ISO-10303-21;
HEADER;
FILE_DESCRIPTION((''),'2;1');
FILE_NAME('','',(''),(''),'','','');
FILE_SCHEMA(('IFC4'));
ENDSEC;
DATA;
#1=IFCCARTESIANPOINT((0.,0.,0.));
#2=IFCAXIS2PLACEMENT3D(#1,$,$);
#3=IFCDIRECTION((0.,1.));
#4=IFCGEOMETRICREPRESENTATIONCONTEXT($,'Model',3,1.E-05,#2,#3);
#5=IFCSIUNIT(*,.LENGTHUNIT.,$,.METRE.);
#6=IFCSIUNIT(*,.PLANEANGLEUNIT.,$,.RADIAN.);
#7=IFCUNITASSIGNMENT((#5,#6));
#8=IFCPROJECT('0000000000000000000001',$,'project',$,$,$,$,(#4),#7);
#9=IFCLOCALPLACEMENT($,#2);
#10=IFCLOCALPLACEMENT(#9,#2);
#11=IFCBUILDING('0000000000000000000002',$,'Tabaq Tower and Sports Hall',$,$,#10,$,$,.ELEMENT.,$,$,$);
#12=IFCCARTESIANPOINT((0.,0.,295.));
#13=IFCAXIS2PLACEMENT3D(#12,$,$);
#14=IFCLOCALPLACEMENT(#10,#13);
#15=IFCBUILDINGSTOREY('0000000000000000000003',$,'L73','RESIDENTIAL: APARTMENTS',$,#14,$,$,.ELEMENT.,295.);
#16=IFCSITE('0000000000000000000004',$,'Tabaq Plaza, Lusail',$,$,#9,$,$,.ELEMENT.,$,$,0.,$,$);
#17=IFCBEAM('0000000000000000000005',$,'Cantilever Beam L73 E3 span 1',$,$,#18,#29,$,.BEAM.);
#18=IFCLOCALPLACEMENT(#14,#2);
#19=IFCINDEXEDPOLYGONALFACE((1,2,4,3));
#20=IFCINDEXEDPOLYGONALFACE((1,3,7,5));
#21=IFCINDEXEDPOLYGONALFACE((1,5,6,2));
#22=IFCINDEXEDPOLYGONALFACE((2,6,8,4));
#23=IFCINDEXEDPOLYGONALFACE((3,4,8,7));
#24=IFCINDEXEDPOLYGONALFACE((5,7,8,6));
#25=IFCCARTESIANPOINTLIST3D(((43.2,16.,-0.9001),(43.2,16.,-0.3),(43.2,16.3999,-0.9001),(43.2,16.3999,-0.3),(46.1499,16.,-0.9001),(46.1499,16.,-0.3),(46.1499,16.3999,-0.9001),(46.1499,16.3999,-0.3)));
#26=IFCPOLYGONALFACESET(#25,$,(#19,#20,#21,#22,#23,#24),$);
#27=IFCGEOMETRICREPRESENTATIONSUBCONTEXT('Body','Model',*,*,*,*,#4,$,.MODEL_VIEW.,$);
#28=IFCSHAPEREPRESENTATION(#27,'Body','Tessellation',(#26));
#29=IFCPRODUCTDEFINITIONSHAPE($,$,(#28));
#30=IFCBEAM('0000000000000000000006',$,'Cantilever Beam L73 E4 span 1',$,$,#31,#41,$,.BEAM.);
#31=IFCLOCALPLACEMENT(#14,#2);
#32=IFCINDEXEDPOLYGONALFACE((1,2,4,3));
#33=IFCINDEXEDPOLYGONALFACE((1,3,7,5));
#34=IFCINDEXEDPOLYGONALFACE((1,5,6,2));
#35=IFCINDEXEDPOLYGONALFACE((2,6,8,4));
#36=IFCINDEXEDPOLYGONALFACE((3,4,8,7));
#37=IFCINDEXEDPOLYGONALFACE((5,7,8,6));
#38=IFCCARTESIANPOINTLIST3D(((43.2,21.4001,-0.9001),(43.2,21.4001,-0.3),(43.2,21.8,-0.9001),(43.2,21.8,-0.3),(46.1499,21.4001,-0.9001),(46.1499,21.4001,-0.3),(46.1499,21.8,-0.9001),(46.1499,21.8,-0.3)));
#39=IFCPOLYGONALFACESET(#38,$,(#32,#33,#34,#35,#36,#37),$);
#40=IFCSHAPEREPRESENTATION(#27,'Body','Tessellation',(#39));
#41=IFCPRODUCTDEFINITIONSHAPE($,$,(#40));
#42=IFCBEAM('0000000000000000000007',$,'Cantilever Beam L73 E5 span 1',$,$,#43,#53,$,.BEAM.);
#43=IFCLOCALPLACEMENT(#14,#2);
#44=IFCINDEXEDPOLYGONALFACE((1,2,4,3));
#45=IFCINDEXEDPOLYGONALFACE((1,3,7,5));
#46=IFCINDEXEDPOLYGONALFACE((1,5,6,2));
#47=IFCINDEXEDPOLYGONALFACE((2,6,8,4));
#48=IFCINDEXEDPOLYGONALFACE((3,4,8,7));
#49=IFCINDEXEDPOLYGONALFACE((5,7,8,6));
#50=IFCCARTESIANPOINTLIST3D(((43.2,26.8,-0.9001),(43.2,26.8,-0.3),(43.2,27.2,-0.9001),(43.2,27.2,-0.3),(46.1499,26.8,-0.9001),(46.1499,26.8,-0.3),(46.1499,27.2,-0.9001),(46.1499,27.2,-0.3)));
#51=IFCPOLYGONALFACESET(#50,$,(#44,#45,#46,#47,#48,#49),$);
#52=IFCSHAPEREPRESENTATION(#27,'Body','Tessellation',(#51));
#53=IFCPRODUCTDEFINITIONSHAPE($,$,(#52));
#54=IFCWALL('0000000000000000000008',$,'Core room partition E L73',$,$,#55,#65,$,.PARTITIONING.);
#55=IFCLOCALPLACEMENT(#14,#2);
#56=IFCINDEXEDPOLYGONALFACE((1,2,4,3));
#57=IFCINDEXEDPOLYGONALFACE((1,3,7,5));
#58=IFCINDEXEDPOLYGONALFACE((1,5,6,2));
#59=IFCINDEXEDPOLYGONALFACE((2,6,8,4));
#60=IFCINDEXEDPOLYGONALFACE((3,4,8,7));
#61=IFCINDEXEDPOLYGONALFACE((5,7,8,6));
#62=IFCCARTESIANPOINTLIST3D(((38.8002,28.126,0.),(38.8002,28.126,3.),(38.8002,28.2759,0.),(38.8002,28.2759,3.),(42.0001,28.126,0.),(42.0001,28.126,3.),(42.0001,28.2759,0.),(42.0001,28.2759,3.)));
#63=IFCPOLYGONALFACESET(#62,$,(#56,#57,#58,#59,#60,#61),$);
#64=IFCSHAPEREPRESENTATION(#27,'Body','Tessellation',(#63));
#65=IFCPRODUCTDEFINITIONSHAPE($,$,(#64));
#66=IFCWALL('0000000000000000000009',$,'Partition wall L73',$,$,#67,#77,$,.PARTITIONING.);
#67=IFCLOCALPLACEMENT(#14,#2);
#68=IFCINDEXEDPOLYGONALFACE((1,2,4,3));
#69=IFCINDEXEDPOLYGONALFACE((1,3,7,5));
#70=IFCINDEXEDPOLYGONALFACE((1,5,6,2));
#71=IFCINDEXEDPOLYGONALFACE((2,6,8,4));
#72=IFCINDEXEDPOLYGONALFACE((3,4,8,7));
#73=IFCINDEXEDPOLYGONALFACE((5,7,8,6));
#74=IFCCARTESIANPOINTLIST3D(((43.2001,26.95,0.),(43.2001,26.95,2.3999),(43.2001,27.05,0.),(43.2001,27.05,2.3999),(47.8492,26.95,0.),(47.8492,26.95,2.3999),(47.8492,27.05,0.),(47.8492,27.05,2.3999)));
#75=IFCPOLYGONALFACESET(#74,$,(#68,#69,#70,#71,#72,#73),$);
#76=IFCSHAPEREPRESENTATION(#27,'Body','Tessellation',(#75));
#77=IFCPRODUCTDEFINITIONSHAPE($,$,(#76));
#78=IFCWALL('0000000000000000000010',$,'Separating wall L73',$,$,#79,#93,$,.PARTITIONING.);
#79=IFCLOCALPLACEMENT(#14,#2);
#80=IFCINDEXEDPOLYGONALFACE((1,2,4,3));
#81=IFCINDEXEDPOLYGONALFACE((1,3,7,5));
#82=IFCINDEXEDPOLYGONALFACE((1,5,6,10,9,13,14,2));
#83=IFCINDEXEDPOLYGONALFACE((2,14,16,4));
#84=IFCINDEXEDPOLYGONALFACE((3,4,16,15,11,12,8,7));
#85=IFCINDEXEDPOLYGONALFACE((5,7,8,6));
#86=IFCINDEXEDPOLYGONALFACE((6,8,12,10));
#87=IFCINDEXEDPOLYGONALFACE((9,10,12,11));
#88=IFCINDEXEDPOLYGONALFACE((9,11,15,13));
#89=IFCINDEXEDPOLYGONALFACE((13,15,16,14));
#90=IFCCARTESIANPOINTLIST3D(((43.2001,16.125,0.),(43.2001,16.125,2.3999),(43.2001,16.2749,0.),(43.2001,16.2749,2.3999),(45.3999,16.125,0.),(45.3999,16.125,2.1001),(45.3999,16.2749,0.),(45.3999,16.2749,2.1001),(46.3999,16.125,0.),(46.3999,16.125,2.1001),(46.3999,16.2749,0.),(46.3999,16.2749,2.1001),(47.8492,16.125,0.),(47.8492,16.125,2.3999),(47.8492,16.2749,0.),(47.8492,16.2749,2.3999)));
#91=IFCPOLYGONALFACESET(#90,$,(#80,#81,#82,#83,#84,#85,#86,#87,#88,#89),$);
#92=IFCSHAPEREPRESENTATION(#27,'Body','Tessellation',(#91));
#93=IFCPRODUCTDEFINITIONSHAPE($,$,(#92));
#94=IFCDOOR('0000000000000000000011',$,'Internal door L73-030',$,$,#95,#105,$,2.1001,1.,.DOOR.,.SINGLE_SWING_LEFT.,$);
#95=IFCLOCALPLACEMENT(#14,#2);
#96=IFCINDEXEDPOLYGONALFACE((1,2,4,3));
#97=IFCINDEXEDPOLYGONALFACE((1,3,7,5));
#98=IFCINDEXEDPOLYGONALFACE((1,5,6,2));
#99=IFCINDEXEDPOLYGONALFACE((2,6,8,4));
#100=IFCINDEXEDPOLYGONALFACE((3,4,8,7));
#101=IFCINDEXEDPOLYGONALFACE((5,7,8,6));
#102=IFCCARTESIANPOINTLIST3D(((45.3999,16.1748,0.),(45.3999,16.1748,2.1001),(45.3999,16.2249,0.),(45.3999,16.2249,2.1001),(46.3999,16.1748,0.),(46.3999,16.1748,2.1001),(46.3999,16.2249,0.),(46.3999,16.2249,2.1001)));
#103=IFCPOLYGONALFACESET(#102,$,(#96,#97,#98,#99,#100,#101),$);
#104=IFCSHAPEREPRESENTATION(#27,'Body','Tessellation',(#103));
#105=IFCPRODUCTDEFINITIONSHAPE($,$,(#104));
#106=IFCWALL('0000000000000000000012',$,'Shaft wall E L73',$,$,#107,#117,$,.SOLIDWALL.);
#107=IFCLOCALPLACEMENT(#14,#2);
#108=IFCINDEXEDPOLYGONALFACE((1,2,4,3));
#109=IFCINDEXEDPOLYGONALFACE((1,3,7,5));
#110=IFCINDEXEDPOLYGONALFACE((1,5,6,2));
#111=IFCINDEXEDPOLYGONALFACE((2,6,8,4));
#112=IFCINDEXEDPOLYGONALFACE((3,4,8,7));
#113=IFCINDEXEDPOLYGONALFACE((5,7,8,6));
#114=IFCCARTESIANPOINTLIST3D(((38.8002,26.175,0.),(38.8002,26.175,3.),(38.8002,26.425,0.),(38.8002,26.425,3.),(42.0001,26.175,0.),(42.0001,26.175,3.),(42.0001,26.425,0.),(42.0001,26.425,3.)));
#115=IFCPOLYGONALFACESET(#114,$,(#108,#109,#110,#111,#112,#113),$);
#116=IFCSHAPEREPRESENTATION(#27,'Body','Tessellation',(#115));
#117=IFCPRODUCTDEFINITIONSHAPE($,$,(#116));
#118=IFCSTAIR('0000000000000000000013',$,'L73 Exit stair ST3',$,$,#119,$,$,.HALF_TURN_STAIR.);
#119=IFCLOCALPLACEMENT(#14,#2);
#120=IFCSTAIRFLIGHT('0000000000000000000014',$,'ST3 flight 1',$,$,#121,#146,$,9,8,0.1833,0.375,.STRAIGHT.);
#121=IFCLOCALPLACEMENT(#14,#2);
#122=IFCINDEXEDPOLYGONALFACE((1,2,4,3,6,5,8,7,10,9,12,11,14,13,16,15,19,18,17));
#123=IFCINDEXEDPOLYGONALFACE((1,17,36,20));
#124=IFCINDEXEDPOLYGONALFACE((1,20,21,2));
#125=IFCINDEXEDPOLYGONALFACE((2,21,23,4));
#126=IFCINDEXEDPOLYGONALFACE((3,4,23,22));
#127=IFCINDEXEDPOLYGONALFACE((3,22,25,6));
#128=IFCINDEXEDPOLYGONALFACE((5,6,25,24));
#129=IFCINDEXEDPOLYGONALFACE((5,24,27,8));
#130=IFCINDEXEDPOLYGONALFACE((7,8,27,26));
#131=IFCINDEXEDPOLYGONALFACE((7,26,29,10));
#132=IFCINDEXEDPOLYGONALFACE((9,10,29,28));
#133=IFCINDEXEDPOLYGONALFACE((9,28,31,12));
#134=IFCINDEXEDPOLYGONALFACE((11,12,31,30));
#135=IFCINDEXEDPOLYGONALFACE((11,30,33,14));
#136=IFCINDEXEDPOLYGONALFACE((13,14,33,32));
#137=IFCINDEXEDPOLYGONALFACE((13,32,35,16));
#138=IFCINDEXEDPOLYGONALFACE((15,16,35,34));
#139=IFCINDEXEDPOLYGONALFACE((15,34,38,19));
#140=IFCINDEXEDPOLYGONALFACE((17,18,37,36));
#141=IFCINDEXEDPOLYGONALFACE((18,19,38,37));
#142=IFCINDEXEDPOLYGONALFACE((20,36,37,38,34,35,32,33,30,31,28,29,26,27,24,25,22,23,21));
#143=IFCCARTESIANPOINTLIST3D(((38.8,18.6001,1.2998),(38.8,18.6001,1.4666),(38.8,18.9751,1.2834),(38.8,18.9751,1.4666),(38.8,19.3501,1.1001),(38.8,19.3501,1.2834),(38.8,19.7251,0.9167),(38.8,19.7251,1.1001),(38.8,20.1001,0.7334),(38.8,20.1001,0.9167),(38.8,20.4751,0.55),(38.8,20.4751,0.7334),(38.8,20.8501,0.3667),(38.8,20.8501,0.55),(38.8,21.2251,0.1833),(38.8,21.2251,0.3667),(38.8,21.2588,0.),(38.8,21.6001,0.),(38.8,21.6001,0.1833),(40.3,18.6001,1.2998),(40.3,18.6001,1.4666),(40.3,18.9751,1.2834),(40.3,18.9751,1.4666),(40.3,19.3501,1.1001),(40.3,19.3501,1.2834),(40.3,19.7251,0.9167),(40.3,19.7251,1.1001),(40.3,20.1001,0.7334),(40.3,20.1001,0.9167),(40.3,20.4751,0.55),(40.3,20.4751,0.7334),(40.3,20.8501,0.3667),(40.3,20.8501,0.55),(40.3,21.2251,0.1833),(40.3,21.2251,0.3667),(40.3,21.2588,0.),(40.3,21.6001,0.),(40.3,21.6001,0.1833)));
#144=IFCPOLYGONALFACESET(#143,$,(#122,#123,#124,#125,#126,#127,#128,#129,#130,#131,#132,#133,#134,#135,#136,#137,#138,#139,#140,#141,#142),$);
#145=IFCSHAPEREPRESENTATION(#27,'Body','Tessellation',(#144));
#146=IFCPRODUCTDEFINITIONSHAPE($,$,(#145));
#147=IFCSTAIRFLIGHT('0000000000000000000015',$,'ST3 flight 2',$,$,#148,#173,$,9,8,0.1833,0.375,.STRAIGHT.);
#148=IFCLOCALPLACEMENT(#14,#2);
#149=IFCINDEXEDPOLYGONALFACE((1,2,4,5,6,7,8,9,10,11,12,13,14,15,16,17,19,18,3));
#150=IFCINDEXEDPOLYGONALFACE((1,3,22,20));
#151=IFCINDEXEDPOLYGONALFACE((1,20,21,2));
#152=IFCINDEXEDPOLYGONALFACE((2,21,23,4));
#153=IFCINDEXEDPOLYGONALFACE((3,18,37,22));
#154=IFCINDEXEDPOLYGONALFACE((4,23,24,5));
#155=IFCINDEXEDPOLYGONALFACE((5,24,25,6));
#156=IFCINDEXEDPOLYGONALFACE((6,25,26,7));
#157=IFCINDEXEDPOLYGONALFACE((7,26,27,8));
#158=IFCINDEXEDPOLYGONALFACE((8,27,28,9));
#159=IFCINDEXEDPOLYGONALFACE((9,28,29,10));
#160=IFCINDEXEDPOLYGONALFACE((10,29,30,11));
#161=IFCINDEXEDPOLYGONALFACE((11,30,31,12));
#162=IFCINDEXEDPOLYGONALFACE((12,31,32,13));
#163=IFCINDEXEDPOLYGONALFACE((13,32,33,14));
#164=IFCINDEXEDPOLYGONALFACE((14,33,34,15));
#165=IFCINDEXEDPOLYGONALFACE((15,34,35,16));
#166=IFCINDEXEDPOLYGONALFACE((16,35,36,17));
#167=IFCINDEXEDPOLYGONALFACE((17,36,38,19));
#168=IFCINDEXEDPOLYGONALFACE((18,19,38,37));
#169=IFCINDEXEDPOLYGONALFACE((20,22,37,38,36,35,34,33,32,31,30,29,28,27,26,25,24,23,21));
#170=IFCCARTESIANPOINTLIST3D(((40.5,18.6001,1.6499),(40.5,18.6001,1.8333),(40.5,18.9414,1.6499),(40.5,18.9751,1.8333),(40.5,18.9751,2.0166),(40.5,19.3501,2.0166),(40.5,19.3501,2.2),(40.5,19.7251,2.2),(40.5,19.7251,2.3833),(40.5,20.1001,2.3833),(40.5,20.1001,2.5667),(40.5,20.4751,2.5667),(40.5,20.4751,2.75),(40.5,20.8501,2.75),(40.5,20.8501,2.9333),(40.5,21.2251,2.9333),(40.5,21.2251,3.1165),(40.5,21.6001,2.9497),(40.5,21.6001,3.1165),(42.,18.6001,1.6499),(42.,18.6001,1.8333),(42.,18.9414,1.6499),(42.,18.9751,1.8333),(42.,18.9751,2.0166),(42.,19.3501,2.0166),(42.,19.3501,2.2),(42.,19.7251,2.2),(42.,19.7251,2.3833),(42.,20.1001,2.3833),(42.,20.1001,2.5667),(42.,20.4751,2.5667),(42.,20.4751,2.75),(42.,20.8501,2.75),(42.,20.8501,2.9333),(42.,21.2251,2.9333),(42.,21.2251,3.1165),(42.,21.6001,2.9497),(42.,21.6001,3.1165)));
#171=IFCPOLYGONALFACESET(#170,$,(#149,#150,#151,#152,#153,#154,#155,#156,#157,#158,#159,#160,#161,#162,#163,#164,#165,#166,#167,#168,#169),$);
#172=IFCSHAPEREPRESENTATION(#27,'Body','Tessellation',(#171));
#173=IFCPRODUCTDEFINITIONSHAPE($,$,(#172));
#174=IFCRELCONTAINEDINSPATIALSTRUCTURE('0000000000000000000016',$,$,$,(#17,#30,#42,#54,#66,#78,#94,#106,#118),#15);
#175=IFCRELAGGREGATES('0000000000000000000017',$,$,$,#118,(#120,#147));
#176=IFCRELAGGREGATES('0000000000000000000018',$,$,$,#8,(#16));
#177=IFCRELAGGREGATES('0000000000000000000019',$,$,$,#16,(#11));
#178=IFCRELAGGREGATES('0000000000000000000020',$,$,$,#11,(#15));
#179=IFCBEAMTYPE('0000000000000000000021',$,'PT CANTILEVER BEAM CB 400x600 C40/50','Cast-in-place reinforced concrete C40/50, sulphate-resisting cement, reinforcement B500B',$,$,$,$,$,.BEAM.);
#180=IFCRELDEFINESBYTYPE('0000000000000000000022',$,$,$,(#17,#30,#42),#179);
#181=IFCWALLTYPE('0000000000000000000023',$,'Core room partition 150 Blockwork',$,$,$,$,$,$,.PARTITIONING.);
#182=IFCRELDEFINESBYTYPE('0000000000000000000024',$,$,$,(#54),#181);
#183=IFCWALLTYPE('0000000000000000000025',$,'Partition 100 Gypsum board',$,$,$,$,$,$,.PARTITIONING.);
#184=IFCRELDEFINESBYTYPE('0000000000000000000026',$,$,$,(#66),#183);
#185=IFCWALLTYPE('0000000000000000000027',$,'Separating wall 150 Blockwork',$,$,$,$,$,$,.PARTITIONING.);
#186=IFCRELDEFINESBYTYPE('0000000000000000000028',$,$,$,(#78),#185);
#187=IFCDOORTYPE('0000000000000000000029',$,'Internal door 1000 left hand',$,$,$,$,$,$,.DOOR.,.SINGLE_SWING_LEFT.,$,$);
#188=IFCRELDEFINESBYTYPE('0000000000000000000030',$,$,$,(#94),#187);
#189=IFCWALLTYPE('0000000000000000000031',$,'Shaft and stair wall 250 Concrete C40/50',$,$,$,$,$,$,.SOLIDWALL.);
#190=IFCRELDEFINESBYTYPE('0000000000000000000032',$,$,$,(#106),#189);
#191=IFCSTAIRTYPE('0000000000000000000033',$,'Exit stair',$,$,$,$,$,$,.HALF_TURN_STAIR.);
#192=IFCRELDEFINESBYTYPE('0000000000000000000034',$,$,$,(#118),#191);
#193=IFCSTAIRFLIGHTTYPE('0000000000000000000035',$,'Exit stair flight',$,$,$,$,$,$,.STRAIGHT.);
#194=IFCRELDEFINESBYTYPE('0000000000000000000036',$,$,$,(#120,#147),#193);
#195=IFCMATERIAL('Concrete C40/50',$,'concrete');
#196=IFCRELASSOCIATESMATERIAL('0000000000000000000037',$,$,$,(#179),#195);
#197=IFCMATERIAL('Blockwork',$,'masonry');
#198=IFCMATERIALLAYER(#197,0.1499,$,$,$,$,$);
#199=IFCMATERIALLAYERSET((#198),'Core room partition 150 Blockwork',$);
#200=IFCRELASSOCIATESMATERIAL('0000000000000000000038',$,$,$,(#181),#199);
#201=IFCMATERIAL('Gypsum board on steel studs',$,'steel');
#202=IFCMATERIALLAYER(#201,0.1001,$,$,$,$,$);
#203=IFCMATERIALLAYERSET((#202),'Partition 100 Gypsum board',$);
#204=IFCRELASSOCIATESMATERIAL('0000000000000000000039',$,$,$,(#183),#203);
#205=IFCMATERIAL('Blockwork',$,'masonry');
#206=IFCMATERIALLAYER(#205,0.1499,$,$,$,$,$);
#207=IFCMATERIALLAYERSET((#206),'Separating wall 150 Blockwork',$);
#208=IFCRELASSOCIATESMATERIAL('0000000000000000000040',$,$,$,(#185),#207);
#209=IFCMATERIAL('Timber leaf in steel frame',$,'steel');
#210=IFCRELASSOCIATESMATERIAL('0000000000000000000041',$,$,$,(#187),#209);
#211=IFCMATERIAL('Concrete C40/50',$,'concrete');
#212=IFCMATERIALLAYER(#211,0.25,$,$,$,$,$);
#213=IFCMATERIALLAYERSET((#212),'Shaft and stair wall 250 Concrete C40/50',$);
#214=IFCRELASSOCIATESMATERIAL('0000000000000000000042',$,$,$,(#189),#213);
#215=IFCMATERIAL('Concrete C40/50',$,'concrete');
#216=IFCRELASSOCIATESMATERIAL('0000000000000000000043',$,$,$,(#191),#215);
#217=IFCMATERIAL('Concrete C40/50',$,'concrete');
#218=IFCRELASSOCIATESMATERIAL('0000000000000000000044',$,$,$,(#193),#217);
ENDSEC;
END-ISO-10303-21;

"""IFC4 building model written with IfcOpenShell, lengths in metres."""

from ifc_helpers import new_model, si_unit, direction, frame, frame_2d, origin, origin_2d, place, context, subcontext, project, spatial, polyline, rectangle, outline, extrude, material, layer, layer_set, material_profile, profile_set, type_object, element, fill, aggregate, save


model = new_model("IFC4")

# Units and contexts
model_context = context("Model", 3, precision=1e-05, world=origin(), true_north=direction((0.0, 1.0)))
body_context = subcontext(model_context, "Body", "Model", "MODEL_VIEW")
ifc_project = project(units=[si_unit("LENGTHUNIT", "METRE"), si_unit("PLANEANGLEUNIT", "RADIAN")], contexts=[model_context])

# Site, building, storey
site_placement = place(None, origin())
site = spatial("IfcSite", under=ifc_project, at=site_placement, Name="Tabaq Plaza, Lusail", CompositionType="ELEMENT", RefElevation=0.0)
building_placement = place(site_placement, origin())
building = spatial("IfcBuilding", under=site, at=building_placement, Name="Tabaq Tower and Sports Hall", CompositionType="ELEMENT")
storey_placement = place(building_placement, frame((0.0, 0.0, 295.0)))
storey = spatial("IfcBuildingStorey", under=building, at=storey_placement, Name="L73", Description="RESIDENTIAL: APARTMENTS", CompositionType="ELEMENT", Elevation=295.0)

# Beams
ifc_material_1 = material(Name="Concrete C40/50", Category="concrete")
ifc_material_profile = material_profile(ifc_material_1, rectangle(XDim=0.3999, YDim=0.6001, at=origin_2d()), Name="CB 400x600")
ifc_profile_set = profile_set([ifc_material_profile], Name="Concrete C40/50")
beam_type = type_object("IfcBeamType", Name="PT CANTILEVER BEAM CB 400x600 C40/50", Description="Cast-in-place reinforced concrete C40/50, sulphate-resisting cement, reinforcement B500B", PredefinedType="BEAM", material=ifc_profile_set)
for number, where, z_axis, x_axis, name in (
    (1, (46.1499, 16.2, -0.6001), (-1.0, 0.0, 0.0), (0.0, -1.0, 0.0), "Cantilever Beam L73 E3 span 1"),
    (2, (46.1499, 21.6001, -0.6001), (-1.0, 0.0, 0.0), (0.0, -1.0, 0.0), "Cantilever Beam L73 E4 span 1"),
    (3, (46.1499, 27.0, -0.6001), (-1.0, 0.0, 0.0), (0.0, -1.0, 0.0), "Cantilever Beam L73 E5 span 1"),
):
    element("IfcBeam", number, at=place(storey_placement, frame(where, z_axis=z_axis, x_axis=x_axis)), inside=storey, type_object=beam_type, Name=name, PredefinedType="BEAM", context=body_context, shape_type="SweptSolid", body=[
        extrude(rectangle(XDim=0.3999, YDim=0.6001, at=origin_2d()), origin(), (0.0, 0.0, 1.0), 2.95),
    ])

# Wall
ifc_material_2 = material(Name="Blockwork", Category="masonry")
ifc_layer_1 = layer(ifc_material_2, 0.1499)
ifc_layer_set_1 = layer_set([ifc_layer_1], Name="Core room partition 150 Blockwork")
wall_type_1 = type_object("IfcWallType", Name="Core room partition 150 Blockwork", PredefinedType="PARTITIONING", material=ifc_layer_set_1)
wall_1_placement = place(storey_placement, frame((38.8, 28.2009, 0.0), z_axis=(0.0, 0.0, 1.0), x_axis=(1.0, 0.0, 0.0)))
element("IfcWall", 4, at=wall_1_placement, inside=storey, type_object=wall_type_1, Name="Core room partition E L73", PredefinedType="PARTITIONING", context=body_context, shape_type="SweptSolid", body=[
    extrude(rectangle(XDim=3.2, YDim=0.1499, at=frame_2d((1.6001, 0.0))), origin(), (0.0, 0.0, 1.0), 3.0),
])

# Wall
ifc_material_3 = material(Name="Gypsum board on steel studs", Category="steel")
ifc_layer_2 = layer(ifc_material_3, 0.1001)
ifc_layer_set_2 = layer_set([ifc_layer_2], Name="Partition 100 Gypsum board")
wall_type_2 = type_object("IfcWallType", Name="Partition 100 Gypsum board", PredefinedType="PARTITIONING", material=ifc_layer_set_2)
wall_2_placement = place(storey_placement, frame((43.2, 27.0, 0.0), z_axis=(0.0, 0.0, 1.0), x_axis=(1.0, 0.0, 0.0)))
element("IfcWall", 5, at=wall_2_placement, inside=storey, type_object=wall_type_2, Name="Partition wall L73", PredefinedType="PARTITIONING", context=body_context, shape_type="SweptSolid", body=[
    extrude(rectangle(XDim=4.6492, YDim=0.1001, at=frame_2d((2.3247, 0.0))), origin(), (0.0, 0.0, 1.0), 2.3999),
])

# Wall, opening, door
ifc_material_4 = material(Name="Blockwork", Category="masonry")
ifc_layer_3 = layer(ifc_material_4, 0.1499)
ifc_layer_set_3 = layer_set([ifc_layer_3], Name="Separating wall 150 Blockwork")
wall_type_3 = type_object("IfcWallType", Name="Separating wall 150 Blockwork", PredefinedType="PARTITIONING", material=ifc_layer_set_3)
wall_3_placement = place(storey_placement, frame((43.2, 16.2, 0.0), z_axis=(0.0, 0.0, 1.0), x_axis=(1.0, 0.0, 0.0)))
wall_3 = element("IfcWall", 6, at=wall_3_placement, inside=storey, type_object=wall_type_3, Name="Separating wall L73", PredefinedType="PARTITIONING", context=body_context, shape_type="SweptSolid", body=[
    extrude(rectangle(XDim=4.6492, YDim=0.1499, at=frame_2d((2.3247, 0.0))), origin(), (0.0, 0.0, 1.0), 2.3999),
])
opening_1_placement = place(wall_3_placement, frame((2.2, 0.0, 0.0)))
opening_1 = element("IfcOpeningElement", 7, at=opening_1_placement, cuts=wall_3, PredefinedType="OPENING", context=body_context, shape_type="SweptSolid", body=[
    extrude(rectangle(XDim=1.0, YDim=2.1001, at=frame_2d((0.5, 1.05))), frame((0.0, 0.075, 0.0), z_axis=(0.0, -1.0, 0.0), x_axis=(1.0, 0.0, 0.0)), (0.0, 0.0, 1.0), 0.1499),
])
ifc_material_5 = material(Name="Timber leaf in steel frame", Category="steel")
door_type_1 = type_object("IfcDoorType", Name="Internal door 1000 left hand", OperationType="SINGLE_SWING_LEFT", PredefinedType="DOOR", material=ifc_material_5)
door_1_placement = place(opening_1_placement, origin())
door_1 = element("IfcDoor", 8, at=door_1_placement, inside=storey, type_object=door_type_1, Name="Internal door L73-030", OperationType="SINGLE_SWING_LEFT", OverallHeight=2.1001, OverallWidth=1.0, PredefinedType="DOOR", context=body_context, shape_type="SweptSolid", body=[
    extrude(rectangle(XDim=1.0, YDim=2.1001, at=frame_2d((0.5, 1.05))), frame((0.0, 0.0249, 0.0), z_axis=(0.0, -1.0, 0.0), x_axis=(1.0, 0.0, 0.0)), (0.0, 0.0, 1.0), 0.05),
])
fill(opening_1, door_1)

# Wall
ifc_material_6 = material(Name="Concrete C40/50", Category="concrete")
ifc_layer_4 = layer(ifc_material_6, 0.25)
ifc_layer_set_4 = layer_set([ifc_layer_4], Name="Shaft and stair wall 250 Concrete C40/50")
wall_type_4 = type_object("IfcWallType", Name="Shaft and stair wall 250 Concrete C40/50", PredefinedType="SOLIDWALL", material=ifc_layer_set_4)
wall_4_placement = place(storey_placement, frame((38.8, 26.3, 0.0), z_axis=(0.0, 0.0, 1.0), x_axis=(1.0, 0.0, 0.0)))
element("IfcWall", 9, at=wall_4_placement, inside=storey, type_object=wall_type_4, Name="Shaft wall E L73", PredefinedType="SOLIDWALL", context=body_context, shape_type="SweptSolid", body=[
    extrude(rectangle(XDim=3.2, YDim=0.25, at=frame_2d((1.6001, 0.0))), origin(), (0.0, 0.0, 1.0), 3.0),
])

# Stair, stair flights
ifc_material_7 = material(Name="Concrete C40/50", Category="concrete")
stair_type = type_object("IfcStairType", Name="Exit stair", PredefinedType="HALF_TURN_STAIR", material=ifc_material_7)
stair_placement = place(storey_placement, origin())
stair = element("IfcStair", 10, at=stair_placement, inside=storey, type_object=stair_type, Name="L73 Exit stair ST3", PredefinedType="HALF_TURN_STAIR")
ifc_material_8 = material(Name="Concrete C40/50", Category="concrete")
stair_flight_type = type_object("IfcStairFlightType", Name="Exit stair flight", PredefinedType="STRAIGHT", material=ifc_material_8)
stair_flight_1_placement = place(storey_placement, frame((39.55, 21.6001, 0.0), z_axis=(0.0, 0.0, 1.0), x_axis=(0.0, -1.0, 0.0)))
stair_flight_1 = element("IfcStairFlight", 11, at=stair_flight_1_placement, type_object=stair_flight_type, Name="ST3 flight 1", NumberOfRisers=9, NumberOfTreads=8, PredefinedType="STRAIGHT", RiserHeight=0.1833, TreadLength=0.375, context=body_context, shape_type="SweptSolid", body=[
    extrude(outline(polyline([(0.0, 0.0), (0.0, 0.1833), (0.375, 0.1833), (0.375, 0.3667), (0.75, 0.3667), (0.75, 0.55), (1.125, 0.55), (1.125, 0.7334), (1.5, 0.7334), (1.5, 0.9167), (1.875, 0.9167), (1.875, 1.1001), (2.25, 1.1001), (2.25, 1.2834), (2.625, 1.2834), (2.625, 1.4666), (3.0, 1.4666), (3.0, 1.6499), (3.0, 1.2998), (0.3413, 0.0), (0.0, 0.0)])), frame((0.0, 0.75, 0.0), z_axis=(0.0, -1.0, 0.0), x_axis=(1.0, 0.0, 0.0)), (0.0, 0.0, 1.0), 1.5),
])
stair_flight_2_placement = place(storey_placement, frame((41.25, 18.6001, 1.6499), z_axis=(0.0, 0.0, 1.0), x_axis=(0.0, 1.0, 0.0)))
stair_flight_2 = element("IfcStairFlight", 12, at=stair_flight_2_placement, type_object=stair_flight_type, Name="ST3 flight 2", NumberOfRisers=9, NumberOfTreads=8, PredefinedType="STRAIGHT", RiserHeight=0.1833, TreadLength=0.375, context=body_context, shape_type="SweptSolid", body=[
    extrude(outline(polyline([(0.0, 0.0), (0.0, 0.1833), (0.375, 0.1833), (0.375, 0.3667), (0.75, 0.3667), (0.75, 0.55), (1.125, 0.55), (1.125, 0.7334), (1.5, 0.7334), (1.5, 0.9167), (1.875, 0.9167), (1.875, 1.1001), (2.25, 1.1001), (2.25, 1.2834), (2.625, 1.2834), (2.625, 1.4666), (3.0, 1.4666), (3.0, 1.6499), (3.0, 1.2998), (0.3413, 0.0), (0.0, 0.0)])), frame((0.0, 0.75, 0.0), z_axis=(0.0, -1.0, 0.0), x_axis=(1.0, 0.0, 0.0)), (0.0, 0.0, 1.0), 1.5),
])
aggregate(stair, [stair_flight_1, stair_flight_2])

save(model, "model.ifc")
